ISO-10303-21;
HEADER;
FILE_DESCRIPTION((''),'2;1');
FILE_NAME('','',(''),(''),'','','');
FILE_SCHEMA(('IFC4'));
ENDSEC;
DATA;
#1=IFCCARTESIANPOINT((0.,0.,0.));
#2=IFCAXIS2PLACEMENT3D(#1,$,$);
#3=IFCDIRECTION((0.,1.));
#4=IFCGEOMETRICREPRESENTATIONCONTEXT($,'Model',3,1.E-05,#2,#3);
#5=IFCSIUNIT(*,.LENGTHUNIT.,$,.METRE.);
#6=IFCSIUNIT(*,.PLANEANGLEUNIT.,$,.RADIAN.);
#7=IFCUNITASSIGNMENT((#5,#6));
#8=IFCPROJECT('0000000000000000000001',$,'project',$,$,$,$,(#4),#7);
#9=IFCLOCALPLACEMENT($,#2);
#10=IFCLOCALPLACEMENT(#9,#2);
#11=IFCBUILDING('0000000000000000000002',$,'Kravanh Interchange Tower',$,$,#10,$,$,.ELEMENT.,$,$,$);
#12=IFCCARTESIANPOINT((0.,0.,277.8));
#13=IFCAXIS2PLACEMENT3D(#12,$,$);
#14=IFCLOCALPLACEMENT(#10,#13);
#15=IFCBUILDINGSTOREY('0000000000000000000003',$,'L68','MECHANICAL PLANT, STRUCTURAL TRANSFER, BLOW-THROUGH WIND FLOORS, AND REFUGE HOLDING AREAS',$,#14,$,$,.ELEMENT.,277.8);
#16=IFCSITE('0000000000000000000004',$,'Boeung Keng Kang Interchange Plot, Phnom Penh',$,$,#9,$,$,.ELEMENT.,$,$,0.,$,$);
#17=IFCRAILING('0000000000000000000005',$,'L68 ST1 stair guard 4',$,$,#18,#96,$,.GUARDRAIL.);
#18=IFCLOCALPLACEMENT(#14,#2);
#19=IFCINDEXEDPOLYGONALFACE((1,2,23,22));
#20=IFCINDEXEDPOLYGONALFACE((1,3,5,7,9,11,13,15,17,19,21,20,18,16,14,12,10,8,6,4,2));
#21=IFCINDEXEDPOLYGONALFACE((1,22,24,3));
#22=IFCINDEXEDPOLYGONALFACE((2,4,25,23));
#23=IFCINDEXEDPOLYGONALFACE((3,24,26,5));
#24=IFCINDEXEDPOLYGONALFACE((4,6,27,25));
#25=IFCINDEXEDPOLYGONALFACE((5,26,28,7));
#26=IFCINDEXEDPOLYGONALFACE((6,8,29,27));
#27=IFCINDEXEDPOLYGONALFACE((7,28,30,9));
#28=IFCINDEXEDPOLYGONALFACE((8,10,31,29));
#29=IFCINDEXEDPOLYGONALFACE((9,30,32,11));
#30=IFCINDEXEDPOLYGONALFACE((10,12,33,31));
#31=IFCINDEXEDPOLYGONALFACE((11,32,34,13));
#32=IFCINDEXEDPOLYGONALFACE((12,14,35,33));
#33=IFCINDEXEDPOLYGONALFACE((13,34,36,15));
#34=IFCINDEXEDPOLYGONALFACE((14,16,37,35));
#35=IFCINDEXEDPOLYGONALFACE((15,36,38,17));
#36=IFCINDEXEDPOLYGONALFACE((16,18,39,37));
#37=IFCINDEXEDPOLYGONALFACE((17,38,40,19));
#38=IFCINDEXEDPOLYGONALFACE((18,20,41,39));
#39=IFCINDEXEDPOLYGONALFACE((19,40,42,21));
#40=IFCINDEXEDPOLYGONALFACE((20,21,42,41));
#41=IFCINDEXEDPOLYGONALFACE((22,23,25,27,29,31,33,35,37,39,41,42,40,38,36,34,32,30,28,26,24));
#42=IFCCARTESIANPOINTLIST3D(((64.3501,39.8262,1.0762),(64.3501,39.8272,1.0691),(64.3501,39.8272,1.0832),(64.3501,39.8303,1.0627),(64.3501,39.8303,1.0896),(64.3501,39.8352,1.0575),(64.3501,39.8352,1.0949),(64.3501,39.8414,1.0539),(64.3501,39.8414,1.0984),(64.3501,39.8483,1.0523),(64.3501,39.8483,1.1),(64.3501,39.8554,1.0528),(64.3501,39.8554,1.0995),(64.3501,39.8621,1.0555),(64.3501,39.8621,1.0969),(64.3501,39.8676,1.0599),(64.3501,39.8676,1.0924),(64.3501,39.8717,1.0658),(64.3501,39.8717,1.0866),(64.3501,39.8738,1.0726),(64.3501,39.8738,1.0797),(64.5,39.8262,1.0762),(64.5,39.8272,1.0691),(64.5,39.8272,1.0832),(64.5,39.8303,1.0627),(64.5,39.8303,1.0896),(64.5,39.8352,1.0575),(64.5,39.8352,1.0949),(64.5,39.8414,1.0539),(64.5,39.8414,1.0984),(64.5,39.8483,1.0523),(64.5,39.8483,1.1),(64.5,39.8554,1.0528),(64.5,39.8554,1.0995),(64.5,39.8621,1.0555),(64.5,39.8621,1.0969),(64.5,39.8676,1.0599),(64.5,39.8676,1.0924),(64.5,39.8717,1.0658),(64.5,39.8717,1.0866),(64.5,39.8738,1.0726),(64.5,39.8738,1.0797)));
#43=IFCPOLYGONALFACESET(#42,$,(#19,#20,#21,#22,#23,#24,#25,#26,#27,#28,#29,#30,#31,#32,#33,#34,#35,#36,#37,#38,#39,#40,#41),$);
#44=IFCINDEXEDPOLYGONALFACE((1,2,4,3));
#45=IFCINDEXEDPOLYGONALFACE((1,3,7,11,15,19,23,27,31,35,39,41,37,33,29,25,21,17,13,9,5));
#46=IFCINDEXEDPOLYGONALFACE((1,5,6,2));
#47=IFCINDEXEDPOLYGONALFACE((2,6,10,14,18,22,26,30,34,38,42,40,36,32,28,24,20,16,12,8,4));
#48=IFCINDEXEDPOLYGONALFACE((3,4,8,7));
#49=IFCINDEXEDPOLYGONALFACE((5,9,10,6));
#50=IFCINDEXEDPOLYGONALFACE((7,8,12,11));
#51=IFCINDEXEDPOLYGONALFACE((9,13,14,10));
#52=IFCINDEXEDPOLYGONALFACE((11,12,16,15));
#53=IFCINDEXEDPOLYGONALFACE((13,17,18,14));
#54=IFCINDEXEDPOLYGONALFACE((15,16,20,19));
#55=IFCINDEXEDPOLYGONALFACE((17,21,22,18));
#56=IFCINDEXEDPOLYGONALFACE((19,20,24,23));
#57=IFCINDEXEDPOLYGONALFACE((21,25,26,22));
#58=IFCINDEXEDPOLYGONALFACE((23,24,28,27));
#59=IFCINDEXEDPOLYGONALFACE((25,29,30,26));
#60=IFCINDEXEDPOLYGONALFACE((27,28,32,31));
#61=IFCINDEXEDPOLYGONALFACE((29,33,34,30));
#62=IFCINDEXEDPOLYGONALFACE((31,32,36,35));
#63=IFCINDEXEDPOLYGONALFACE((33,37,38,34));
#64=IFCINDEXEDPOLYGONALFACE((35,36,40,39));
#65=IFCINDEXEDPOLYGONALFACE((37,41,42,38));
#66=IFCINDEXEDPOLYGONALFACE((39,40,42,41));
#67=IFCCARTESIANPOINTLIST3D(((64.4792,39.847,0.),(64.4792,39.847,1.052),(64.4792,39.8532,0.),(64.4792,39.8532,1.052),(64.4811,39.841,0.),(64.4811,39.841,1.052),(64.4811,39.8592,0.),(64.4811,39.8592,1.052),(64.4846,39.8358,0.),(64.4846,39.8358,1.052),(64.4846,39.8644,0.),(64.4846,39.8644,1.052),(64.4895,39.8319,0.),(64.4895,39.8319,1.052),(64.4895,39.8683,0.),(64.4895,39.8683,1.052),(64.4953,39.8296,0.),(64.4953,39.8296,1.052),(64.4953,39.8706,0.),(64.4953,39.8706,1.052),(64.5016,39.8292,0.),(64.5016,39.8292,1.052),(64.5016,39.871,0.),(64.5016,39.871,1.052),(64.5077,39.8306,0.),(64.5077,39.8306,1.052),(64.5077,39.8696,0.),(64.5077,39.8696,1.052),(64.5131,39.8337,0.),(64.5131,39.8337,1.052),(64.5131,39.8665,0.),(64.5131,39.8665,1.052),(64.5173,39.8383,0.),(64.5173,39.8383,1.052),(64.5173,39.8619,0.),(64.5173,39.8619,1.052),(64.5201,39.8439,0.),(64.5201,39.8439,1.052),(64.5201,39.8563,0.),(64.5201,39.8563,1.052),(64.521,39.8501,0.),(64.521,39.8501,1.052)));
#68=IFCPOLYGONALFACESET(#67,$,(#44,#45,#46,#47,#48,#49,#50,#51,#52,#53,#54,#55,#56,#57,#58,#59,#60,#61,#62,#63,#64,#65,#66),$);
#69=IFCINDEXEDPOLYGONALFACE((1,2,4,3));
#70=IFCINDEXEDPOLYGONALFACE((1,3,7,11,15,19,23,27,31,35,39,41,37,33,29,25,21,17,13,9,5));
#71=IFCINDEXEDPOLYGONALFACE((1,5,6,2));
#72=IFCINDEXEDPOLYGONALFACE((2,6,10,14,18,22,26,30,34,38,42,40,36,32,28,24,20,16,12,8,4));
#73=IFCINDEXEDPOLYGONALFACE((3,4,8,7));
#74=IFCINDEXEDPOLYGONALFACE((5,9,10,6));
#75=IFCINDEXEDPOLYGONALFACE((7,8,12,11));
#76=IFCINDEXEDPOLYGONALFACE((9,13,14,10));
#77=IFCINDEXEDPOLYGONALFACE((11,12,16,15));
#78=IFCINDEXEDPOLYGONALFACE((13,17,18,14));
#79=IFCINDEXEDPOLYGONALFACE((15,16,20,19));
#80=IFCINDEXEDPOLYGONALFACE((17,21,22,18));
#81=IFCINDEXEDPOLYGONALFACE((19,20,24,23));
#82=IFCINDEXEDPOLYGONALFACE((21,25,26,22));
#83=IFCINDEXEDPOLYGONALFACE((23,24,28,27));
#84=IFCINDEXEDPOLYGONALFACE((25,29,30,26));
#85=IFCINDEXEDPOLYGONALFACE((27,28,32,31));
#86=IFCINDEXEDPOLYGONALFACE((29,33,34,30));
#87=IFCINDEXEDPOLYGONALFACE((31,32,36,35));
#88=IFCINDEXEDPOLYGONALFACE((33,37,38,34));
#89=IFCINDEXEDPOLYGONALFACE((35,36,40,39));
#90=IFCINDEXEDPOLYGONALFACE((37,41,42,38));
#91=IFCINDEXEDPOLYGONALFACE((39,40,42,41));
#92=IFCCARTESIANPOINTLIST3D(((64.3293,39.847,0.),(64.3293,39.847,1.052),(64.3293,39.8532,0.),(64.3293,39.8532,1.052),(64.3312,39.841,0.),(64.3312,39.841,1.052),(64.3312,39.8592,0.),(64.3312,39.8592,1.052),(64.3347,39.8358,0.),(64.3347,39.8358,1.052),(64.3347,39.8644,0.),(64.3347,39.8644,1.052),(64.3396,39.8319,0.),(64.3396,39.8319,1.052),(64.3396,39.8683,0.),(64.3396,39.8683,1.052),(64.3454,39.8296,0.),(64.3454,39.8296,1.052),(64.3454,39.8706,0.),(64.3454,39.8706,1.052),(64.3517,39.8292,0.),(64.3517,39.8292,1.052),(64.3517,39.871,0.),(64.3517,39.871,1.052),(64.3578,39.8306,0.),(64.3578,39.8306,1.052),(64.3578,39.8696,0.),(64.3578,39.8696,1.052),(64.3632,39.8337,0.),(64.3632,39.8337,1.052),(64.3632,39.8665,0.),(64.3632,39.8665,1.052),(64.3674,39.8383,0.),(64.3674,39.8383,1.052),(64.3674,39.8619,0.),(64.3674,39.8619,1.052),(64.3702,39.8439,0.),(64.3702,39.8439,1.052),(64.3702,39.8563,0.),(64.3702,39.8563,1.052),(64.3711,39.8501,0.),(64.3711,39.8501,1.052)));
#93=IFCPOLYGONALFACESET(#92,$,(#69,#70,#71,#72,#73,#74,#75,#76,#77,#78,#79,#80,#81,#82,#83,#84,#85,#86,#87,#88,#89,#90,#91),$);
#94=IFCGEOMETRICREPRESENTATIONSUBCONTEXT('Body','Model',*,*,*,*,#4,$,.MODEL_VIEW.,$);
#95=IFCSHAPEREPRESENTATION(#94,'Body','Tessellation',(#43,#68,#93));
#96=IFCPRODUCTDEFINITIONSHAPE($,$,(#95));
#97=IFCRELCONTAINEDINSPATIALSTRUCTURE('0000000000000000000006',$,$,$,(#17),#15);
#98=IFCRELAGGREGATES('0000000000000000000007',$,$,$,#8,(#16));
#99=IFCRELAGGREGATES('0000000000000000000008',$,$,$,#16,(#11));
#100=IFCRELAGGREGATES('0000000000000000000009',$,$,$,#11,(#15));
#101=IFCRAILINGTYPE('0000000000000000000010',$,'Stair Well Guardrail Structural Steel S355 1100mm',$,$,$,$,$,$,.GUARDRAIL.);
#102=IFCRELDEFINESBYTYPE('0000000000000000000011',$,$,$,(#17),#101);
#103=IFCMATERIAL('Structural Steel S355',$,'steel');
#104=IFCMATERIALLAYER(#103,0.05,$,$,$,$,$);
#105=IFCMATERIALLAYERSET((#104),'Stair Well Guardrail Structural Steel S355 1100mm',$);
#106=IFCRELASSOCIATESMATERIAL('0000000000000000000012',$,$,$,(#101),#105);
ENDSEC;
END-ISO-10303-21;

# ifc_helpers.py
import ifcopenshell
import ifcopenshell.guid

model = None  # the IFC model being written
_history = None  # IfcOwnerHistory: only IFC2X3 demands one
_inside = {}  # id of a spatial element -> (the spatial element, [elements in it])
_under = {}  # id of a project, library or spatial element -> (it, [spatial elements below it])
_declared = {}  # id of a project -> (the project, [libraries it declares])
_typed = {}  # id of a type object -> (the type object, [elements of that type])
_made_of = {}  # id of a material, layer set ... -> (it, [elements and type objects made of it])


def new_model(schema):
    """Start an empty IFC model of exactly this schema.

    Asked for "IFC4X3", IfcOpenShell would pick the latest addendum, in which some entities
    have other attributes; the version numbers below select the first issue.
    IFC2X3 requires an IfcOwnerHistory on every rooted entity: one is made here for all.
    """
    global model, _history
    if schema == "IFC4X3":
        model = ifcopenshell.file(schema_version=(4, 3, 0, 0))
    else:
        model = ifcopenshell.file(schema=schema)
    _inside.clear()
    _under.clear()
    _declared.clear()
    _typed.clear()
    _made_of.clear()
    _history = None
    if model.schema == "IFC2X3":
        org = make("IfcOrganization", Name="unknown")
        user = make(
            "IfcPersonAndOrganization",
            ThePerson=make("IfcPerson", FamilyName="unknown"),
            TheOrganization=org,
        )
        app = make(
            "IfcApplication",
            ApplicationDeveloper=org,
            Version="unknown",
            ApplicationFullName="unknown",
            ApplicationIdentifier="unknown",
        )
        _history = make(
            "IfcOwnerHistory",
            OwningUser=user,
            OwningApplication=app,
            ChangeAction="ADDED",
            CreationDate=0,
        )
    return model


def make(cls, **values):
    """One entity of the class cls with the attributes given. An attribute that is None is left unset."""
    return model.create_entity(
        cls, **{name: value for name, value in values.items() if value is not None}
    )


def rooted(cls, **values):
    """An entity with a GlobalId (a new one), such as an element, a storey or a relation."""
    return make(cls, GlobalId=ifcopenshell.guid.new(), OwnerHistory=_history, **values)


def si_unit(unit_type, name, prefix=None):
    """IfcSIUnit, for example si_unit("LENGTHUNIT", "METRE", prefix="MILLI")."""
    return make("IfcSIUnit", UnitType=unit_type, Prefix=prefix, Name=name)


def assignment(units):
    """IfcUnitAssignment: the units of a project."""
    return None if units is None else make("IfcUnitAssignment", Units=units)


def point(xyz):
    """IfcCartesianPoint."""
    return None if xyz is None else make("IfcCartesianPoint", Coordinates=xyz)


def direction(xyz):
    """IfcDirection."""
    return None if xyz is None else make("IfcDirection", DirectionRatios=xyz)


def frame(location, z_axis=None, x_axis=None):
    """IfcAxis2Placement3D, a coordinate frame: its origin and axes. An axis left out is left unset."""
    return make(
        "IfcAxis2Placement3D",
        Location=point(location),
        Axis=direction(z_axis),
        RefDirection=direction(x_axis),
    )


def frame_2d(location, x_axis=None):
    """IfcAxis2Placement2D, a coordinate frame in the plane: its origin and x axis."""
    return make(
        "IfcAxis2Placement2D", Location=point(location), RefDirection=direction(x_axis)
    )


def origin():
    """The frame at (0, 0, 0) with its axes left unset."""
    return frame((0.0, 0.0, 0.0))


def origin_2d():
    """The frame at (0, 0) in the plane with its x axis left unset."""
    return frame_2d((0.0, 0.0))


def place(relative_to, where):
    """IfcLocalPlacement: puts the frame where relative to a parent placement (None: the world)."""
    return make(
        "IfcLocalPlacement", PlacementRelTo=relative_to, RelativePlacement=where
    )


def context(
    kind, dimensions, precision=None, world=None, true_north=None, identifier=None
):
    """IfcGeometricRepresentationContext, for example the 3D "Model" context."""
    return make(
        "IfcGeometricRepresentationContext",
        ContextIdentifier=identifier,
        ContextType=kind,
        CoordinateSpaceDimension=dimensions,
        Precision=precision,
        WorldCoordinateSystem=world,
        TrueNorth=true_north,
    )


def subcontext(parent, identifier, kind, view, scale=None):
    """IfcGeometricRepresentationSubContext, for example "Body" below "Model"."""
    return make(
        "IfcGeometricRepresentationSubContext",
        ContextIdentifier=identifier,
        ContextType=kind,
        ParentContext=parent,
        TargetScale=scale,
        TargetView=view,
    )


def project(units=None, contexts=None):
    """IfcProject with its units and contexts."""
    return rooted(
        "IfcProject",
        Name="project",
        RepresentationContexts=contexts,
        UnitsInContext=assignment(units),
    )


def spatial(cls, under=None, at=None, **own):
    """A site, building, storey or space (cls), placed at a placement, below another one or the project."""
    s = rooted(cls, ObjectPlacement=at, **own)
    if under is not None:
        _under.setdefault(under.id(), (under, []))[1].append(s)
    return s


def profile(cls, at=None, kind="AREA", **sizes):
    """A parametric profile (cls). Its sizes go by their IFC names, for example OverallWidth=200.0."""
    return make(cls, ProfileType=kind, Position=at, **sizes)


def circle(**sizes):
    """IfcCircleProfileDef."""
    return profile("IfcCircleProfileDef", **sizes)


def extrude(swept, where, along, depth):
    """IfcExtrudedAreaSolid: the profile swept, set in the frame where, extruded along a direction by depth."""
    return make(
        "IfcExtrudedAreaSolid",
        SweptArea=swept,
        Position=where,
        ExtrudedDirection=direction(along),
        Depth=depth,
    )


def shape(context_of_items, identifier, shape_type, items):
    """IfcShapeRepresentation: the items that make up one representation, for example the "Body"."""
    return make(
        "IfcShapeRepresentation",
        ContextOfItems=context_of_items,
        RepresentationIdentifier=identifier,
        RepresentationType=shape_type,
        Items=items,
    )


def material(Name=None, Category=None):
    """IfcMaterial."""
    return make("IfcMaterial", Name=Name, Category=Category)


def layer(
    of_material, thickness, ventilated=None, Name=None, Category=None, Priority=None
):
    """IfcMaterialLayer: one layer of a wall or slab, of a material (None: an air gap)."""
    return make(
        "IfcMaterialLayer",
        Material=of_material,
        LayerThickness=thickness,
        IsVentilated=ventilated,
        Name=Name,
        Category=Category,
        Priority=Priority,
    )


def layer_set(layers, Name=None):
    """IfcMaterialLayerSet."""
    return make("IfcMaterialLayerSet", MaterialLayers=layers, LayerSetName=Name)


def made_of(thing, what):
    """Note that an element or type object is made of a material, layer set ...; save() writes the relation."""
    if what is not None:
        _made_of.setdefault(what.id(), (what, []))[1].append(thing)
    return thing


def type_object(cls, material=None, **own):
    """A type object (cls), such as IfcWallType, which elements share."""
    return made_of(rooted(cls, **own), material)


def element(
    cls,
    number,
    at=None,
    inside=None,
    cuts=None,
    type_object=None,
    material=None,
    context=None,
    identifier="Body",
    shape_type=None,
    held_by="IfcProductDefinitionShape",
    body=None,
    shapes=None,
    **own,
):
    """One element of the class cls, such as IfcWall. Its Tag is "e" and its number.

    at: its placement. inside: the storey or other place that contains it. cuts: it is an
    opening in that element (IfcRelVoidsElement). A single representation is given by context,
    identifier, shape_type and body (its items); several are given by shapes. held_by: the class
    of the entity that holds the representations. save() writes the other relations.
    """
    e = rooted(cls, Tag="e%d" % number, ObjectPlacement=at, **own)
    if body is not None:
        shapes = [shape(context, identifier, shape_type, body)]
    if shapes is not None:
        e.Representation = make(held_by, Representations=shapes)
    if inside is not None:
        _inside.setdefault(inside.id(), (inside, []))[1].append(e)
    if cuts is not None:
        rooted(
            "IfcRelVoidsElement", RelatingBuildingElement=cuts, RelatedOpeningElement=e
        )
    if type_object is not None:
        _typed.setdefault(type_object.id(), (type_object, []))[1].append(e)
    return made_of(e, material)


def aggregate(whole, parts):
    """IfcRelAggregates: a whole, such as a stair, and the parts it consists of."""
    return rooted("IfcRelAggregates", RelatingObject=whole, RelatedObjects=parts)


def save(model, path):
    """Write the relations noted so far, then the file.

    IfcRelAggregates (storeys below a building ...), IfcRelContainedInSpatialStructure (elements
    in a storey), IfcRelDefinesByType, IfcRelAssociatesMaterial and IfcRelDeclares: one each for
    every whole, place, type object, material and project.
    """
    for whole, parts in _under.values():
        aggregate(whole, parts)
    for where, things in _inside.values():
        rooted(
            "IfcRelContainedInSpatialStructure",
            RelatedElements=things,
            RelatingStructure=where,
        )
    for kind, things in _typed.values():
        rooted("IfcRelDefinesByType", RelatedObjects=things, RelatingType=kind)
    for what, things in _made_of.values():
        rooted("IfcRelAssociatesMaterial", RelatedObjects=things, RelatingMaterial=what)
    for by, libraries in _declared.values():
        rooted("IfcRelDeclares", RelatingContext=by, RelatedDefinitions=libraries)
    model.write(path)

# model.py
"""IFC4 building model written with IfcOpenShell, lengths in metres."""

from ifc_helpers import new_model, si_unit, direction, frame, origin, origin_2d, place, context, subcontext, project, spatial, circle, extrude, material, layer, layer_set, type_object, element, save


model = new_model("IFC4")

# Units and contexts
model_context = context("Model", 3, precision=1e-05, world=origin(), true_north=direction((0.0, 1.0)))
body_context = subcontext(model_context, "Body", "Model", "MODEL_VIEW")
ifc_project = project(units=[si_unit("LENGTHUNIT", "METRE"), si_unit("PLANEANGLEUNIT", "RADIAN")], contexts=[model_context])

# Site, building, storey
site_placement = place(None, origin())
site = spatial("IfcSite", under=ifc_project, at=site_placement, Name="Boeung Keng Kang Interchange Plot, Phnom Penh", CompositionType="ELEMENT", RefElevation=0.0)
building_placement = place(site_placement, origin())
building = spatial("IfcBuilding", under=site, at=building_placement, Name="Kravanh Interchange Tower", CompositionType="ELEMENT")
storey_placement = place(building_placement, frame((0.0, 0.0, 277.8)))
storey = spatial("IfcBuildingStorey", under=building, at=storey_placement, Name="L68", Description="MECHANICAL PLANT, STRUCTURAL TRANSFER, BLOW-THROUGH WIND FLOORS, AND REFUGE HOLDING AREAS", CompositionType="ELEMENT", Elevation=277.8)

# Railing
ifc_material_1 = material(Name="Structural Steel S355", Category="steel")
ifc_layer_1 = layer(ifc_material_1, 0.05)
ifc_layer_set_1 = layer_set([ifc_layer_1], Name="Stair Well Guardrail Structural Steel S355 1100mm")
railing_type_1 = type_object("IfcRailingType", Name="Stair Well Guardrail Structural Steel S355 1100mm", PredefinedType="GUARDRAIL", material=ifc_layer_set_1)
railing_1_placement = place(storey_placement, frame((64.5, 39.8501, 0.0)))
element("IfcRailing", 1, at=railing_1_placement, inside=storey, type_object=railing_type_1, Name="L68 ST1 stair guard 4", PredefinedType="GUARDRAIL", context=body_context, shape_type="SweptSolid", body=[
    extrude(circle(Radius=0.0239, at=origin_2d()), frame((0.0, 0.0, 1.0762), z_axis=(-1.0, 0.0, 0.0), x_axis=(0.0, -1.0, 0.0)), (0.0, 0.0, 1.0), 0.1499),
    extrude(circle(Radius=0.021, at=origin_2d()), origin(), (0.0, 0.0, 1.0), 1.052),
    extrude(circle(Radius=0.021, at=origin_2d()), frame((-0.1499, 0.0, 0.0)), (0.0, 0.0, 1.0), 1.052),
])

save(model, "model.ifc")
